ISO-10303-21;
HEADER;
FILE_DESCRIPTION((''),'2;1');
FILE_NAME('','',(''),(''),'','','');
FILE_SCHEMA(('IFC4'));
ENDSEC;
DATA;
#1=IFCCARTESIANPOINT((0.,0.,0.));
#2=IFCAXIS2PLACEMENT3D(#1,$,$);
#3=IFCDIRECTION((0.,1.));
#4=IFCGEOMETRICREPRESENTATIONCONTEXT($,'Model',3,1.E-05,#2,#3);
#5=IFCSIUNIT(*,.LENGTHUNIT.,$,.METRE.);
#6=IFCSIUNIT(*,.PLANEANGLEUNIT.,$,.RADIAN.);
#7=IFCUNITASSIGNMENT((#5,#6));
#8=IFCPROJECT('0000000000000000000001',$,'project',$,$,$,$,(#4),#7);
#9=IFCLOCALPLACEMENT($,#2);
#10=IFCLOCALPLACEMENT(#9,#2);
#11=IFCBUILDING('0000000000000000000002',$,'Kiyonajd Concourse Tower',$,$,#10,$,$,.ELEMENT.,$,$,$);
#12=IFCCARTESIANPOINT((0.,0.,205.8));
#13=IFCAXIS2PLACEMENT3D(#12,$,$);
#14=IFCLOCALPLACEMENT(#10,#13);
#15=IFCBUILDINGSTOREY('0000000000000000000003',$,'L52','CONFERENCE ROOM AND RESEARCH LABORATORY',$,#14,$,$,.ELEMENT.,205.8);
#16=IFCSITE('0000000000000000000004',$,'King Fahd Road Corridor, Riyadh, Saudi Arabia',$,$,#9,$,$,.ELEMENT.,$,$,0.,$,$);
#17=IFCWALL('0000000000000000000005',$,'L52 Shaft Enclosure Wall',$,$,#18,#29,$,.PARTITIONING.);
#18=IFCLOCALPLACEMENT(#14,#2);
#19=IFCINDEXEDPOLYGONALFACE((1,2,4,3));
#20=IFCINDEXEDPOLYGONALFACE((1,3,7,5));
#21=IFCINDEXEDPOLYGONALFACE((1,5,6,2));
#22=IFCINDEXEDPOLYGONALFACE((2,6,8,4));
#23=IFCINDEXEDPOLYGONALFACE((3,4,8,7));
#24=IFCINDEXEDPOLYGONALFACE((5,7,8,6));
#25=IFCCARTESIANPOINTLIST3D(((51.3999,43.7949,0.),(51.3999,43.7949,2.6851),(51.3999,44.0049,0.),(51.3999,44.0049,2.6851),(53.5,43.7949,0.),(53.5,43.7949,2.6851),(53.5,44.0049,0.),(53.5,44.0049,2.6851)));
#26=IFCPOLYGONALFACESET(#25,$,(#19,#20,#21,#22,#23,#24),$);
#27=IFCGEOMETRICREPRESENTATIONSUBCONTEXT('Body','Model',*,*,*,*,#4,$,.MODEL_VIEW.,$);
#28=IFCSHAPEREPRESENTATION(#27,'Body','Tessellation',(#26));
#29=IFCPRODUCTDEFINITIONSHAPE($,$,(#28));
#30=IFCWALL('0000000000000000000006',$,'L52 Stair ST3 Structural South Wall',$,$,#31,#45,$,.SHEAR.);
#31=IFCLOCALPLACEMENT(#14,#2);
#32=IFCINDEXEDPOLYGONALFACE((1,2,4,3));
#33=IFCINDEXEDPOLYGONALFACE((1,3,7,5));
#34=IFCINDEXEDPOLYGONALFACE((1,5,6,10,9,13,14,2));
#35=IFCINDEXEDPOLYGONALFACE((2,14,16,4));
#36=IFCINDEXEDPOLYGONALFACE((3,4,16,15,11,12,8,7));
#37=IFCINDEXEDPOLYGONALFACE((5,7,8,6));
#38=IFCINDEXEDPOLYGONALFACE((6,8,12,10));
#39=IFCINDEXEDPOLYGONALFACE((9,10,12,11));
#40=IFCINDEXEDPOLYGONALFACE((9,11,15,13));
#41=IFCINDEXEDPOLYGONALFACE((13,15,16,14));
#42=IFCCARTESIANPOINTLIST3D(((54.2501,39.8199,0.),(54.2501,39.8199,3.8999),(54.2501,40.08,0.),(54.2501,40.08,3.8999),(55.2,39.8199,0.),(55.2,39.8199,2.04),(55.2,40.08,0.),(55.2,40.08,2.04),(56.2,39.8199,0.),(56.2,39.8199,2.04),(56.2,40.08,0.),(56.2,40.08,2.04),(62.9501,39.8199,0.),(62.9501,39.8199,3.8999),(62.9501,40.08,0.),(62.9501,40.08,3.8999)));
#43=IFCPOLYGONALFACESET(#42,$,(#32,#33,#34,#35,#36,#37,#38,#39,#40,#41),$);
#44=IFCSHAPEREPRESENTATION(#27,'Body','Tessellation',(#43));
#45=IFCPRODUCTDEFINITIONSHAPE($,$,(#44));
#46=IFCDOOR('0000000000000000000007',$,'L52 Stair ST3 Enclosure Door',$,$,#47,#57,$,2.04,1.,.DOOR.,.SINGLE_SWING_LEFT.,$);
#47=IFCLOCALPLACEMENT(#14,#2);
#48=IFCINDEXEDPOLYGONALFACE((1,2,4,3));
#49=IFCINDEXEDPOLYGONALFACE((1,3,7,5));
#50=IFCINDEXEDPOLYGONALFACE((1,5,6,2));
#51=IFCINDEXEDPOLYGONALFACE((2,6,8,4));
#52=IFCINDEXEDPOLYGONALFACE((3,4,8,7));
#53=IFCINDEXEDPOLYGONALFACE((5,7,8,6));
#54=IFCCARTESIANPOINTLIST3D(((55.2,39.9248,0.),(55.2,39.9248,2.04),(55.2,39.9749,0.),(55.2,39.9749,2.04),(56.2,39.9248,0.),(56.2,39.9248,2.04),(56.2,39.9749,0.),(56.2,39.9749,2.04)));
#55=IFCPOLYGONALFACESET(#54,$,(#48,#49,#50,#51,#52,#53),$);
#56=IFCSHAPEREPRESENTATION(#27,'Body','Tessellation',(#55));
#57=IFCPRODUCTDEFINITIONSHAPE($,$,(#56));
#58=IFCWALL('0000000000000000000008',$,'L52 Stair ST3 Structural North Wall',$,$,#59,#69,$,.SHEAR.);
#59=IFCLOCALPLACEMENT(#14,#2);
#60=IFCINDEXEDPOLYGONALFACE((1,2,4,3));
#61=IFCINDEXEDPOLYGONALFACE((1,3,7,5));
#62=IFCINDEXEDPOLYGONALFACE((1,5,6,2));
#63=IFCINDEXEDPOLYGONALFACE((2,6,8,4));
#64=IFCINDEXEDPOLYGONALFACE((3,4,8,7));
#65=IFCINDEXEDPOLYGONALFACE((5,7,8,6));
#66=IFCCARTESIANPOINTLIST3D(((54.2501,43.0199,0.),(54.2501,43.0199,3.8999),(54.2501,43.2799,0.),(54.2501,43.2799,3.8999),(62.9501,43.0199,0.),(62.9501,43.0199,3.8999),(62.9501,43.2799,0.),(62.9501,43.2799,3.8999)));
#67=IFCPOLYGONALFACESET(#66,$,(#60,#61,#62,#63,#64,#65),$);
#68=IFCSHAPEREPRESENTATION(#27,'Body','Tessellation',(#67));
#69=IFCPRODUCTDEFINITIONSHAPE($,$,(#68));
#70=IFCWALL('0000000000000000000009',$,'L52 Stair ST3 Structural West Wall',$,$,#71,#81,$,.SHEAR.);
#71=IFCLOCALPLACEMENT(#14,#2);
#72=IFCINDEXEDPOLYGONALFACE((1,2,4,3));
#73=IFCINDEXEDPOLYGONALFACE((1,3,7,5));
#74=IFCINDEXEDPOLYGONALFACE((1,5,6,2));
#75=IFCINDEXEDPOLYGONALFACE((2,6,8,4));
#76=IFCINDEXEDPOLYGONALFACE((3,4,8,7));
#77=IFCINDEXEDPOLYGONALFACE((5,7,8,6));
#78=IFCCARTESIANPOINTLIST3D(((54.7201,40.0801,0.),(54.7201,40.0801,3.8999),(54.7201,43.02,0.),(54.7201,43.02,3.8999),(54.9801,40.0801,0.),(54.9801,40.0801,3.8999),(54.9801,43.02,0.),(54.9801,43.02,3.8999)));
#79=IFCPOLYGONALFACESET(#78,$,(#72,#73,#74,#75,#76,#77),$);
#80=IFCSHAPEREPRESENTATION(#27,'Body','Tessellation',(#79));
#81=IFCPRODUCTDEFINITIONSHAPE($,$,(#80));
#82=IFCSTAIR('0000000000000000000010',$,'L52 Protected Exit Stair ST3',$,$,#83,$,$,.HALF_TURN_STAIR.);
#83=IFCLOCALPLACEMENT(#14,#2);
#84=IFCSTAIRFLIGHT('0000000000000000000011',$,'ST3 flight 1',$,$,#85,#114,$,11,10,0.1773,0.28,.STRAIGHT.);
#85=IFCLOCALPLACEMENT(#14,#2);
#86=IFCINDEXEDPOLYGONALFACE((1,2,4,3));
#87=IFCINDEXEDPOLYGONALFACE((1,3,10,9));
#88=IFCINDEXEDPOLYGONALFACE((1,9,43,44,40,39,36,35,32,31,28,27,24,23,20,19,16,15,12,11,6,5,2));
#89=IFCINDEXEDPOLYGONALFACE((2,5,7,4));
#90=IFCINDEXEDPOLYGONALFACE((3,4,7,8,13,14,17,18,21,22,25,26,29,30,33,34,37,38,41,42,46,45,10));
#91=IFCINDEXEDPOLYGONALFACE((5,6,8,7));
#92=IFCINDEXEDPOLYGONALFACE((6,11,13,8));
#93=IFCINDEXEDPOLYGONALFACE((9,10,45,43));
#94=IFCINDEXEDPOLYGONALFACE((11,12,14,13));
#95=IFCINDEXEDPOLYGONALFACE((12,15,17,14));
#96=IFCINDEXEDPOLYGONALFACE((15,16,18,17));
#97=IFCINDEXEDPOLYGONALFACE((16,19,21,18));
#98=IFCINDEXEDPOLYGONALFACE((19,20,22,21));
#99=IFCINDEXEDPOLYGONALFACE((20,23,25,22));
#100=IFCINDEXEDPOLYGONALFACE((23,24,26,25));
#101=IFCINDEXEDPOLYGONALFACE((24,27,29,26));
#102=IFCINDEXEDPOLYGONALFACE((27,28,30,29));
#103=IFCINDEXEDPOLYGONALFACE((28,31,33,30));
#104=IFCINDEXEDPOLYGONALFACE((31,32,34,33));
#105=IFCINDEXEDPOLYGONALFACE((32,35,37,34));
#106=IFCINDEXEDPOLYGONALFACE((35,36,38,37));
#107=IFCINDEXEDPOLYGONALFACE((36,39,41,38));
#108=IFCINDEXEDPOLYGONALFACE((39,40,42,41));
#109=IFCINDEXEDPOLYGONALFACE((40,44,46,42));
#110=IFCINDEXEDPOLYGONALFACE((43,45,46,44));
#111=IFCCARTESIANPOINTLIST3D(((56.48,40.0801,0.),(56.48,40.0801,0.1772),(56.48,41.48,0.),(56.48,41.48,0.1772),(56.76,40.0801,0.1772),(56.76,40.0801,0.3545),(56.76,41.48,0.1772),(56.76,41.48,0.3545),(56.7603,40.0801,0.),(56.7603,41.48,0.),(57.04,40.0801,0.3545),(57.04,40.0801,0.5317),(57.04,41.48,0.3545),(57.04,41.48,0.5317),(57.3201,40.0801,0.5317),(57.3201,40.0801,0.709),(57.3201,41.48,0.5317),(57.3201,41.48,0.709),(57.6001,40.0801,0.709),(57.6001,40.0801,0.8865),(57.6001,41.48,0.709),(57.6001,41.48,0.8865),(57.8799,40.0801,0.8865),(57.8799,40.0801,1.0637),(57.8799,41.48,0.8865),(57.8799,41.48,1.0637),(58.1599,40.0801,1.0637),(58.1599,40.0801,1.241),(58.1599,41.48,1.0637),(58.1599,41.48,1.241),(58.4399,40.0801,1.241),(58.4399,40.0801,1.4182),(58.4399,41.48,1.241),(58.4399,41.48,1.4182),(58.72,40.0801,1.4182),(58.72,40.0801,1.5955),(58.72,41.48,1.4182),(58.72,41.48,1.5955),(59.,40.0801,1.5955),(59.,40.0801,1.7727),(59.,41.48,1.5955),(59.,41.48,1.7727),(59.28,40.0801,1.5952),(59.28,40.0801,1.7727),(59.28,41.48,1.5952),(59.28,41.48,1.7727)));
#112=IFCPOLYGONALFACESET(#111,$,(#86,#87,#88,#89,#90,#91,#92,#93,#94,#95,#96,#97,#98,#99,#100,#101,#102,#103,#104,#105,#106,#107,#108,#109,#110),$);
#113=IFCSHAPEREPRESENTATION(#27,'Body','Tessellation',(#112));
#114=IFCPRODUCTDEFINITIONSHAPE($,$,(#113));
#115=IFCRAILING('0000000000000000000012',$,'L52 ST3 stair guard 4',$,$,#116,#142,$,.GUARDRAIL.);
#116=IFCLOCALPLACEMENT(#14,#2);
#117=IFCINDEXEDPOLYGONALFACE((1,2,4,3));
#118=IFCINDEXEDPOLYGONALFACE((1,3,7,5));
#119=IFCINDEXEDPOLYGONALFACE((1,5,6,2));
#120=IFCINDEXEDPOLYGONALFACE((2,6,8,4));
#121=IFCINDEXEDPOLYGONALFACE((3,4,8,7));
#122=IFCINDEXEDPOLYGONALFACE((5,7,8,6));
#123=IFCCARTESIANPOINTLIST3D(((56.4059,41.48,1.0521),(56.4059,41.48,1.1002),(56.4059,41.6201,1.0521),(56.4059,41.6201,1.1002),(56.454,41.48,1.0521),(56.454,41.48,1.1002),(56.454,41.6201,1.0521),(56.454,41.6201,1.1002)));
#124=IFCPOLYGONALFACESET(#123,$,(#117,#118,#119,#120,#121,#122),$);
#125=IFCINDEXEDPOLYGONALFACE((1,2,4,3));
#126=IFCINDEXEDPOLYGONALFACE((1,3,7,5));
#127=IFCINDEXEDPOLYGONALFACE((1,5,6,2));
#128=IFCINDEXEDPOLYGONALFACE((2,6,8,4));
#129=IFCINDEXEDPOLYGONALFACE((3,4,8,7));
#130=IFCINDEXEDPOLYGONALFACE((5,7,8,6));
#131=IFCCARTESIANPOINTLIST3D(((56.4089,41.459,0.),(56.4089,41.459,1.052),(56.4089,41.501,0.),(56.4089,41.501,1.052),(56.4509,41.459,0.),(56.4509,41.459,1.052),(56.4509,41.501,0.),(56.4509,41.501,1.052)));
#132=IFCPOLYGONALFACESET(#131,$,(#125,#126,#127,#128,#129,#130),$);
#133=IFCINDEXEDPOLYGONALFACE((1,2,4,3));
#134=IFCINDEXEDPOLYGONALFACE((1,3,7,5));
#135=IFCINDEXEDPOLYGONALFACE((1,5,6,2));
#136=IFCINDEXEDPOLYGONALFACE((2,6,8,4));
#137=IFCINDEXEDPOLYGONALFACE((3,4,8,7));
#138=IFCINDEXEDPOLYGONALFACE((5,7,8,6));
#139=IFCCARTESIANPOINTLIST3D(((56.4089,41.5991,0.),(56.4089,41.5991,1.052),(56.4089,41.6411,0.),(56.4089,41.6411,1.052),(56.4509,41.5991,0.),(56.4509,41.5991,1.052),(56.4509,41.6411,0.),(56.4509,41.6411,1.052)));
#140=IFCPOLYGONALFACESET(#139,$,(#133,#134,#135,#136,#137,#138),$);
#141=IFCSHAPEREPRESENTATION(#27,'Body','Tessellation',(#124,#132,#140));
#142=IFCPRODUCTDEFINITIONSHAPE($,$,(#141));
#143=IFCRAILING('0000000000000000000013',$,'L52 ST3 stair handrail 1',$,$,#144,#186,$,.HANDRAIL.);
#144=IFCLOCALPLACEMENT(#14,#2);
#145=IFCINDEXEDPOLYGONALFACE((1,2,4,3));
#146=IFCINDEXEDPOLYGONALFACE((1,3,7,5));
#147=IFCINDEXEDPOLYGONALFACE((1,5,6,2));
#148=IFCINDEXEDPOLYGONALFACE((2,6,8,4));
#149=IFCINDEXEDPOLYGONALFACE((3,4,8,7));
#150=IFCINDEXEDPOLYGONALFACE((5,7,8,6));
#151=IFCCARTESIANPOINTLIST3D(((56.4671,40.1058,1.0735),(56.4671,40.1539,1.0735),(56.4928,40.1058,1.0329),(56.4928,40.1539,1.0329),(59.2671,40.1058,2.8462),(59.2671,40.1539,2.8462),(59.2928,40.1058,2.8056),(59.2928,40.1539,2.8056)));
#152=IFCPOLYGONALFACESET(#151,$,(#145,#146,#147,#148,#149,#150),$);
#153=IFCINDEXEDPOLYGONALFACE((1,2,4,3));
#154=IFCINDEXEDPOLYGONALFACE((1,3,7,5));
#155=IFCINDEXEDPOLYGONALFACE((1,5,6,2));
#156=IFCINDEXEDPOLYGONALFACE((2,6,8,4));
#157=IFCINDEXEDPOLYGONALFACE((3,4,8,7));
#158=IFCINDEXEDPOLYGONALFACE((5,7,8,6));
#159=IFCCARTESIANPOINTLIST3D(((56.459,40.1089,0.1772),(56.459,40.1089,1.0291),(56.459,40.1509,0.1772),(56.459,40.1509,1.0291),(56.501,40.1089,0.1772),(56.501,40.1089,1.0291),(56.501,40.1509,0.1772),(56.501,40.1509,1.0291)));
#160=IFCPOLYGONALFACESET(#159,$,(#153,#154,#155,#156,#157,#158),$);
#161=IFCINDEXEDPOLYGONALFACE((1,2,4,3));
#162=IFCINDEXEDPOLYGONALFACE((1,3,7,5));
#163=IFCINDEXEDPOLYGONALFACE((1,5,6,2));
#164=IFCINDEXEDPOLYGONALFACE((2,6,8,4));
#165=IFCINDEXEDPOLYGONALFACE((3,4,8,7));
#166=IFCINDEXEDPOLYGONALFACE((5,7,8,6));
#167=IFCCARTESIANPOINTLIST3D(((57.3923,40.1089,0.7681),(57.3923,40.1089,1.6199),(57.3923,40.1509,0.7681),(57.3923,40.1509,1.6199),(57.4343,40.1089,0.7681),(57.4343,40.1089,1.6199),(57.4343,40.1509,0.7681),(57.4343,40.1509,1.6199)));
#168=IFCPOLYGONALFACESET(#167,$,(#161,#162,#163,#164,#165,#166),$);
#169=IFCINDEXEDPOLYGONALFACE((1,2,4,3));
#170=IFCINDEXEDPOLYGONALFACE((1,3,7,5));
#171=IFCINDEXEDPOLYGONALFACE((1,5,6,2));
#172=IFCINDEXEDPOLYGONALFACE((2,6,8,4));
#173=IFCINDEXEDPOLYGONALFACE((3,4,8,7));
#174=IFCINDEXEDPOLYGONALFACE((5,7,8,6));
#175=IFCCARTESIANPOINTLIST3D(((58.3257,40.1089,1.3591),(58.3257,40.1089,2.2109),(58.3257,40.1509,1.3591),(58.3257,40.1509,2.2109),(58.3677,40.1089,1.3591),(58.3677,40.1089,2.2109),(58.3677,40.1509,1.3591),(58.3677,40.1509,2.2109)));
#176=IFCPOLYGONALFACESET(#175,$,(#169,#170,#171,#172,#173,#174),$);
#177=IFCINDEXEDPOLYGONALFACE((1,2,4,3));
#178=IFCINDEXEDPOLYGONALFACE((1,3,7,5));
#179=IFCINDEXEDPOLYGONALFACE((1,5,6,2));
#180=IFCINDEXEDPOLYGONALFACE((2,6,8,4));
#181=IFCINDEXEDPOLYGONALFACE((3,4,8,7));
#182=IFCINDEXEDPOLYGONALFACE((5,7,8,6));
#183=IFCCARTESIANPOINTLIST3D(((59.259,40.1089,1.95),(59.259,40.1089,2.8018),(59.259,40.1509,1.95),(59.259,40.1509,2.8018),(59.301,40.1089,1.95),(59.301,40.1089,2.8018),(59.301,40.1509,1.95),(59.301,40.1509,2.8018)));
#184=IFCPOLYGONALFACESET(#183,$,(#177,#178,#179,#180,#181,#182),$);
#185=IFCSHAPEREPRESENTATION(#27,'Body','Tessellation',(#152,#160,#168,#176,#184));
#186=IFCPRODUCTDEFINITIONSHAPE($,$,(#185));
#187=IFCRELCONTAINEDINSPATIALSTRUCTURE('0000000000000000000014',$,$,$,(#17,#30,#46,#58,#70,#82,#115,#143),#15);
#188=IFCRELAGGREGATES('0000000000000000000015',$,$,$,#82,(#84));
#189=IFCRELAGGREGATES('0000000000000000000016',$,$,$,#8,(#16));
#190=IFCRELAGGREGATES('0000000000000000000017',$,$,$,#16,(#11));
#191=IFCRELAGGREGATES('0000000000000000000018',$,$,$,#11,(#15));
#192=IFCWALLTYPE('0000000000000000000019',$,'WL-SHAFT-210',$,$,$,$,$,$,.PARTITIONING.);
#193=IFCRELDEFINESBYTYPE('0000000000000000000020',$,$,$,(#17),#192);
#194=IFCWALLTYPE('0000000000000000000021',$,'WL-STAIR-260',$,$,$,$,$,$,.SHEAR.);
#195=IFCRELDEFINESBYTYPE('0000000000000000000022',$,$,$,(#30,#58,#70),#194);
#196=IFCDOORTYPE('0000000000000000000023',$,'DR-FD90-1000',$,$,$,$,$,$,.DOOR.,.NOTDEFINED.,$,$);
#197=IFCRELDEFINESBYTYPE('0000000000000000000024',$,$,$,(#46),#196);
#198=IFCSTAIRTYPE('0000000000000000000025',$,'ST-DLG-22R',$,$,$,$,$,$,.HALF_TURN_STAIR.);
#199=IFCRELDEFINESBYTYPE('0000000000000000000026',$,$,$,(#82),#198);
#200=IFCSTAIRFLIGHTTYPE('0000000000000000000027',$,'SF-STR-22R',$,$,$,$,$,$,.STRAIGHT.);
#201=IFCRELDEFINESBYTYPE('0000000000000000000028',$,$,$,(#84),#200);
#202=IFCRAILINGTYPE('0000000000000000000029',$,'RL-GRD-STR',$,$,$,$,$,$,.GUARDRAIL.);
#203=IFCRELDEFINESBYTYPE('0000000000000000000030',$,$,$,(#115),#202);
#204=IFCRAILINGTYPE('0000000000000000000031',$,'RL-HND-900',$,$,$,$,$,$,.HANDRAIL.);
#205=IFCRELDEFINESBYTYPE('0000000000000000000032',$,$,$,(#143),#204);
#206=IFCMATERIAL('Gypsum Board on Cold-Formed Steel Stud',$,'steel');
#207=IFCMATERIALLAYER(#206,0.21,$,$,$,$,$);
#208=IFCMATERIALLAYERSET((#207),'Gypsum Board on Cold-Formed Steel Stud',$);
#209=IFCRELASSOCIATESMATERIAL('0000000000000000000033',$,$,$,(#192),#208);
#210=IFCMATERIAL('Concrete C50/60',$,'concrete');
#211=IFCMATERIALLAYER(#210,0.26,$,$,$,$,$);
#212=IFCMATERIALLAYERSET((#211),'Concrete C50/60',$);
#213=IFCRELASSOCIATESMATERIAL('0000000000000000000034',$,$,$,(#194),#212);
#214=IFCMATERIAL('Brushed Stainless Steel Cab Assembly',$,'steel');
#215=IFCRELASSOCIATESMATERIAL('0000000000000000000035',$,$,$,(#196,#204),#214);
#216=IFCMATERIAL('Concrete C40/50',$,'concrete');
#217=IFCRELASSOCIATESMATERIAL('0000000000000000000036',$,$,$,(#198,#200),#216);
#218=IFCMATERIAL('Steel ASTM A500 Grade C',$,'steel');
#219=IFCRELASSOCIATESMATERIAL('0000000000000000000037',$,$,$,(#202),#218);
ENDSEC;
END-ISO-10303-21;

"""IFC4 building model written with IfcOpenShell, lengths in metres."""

from ifc_helpers import new_model, si_unit, direction, frame, frame_2d, origin, origin_2d, place, context, subcontext, project, spatial, polyline, rectangle, outline, extrude, material, layer, layer_set, type_object, element, fill, aggregate, save


model = new_model("IFC4")

# Units and contexts
model_context = context("Model", 3, precision=1e-05, world=origin(), true_north=direction((0.0, 1.0)))
body_context = subcontext(model_context, "Body", "Model", "MODEL_VIEW")
ifc_project = project(units=[si_unit("LENGTHUNIT", "METRE"), si_unit("PLANEANGLEUNIT", "RADIAN")], contexts=[model_context])

# Site, building, storey
site_placement = place(None, origin())
site = spatial("IfcSite", under=ifc_project, at=site_placement, Name="King Fahd Road Corridor, Riyadh, Saudi Arabia", CompositionType="ELEMENT", RefElevation=0.0)
building_placement = place(site_placement, origin())
building = spatial("IfcBuilding", under=site, at=building_placement, Name="Kiyonajd Concourse Tower", CompositionType="ELEMENT")
storey_placement = place(building_placement, frame((0.0, 0.0, 205.8)))
storey = spatial("IfcBuildingStorey", under=building, at=storey_placement, Name="L52", Description="CONFERENCE ROOM AND RESEARCH LABORATORY", CompositionType="ELEMENT", Elevation=205.8)

# Shared definitions
ifc_material_1 = material(Name="Concrete C50/60", Category="concrete")

# Shared definitions
ifc_material_2 = material(Name="Gypsum Board on Cold-Formed Steel Stud", Category="steel")
ifc_layer_1 = layer(ifc_material_2, 0.21)
ifc_layer_set_1 = layer_set([ifc_layer_1], Name="Gypsum Board on Cold-Formed Steel Stud")
wall_type_1 = type_object("IfcWallType", Name="WL-SHAFT-210", PredefinedType="PARTITIONING", material=ifc_layer_set_1)
ifc_material_3 = material(Name="Brushed Stainless Steel Cab Assembly", Category="steel")

# Wall
wall_1_placement = place(storey_placement, frame((51.3999, 43.8999, 0.0), z_axis=(0.0, 0.0, 1.0), x_axis=(1.0, 0.0, 0.0)))
element("IfcWall", 1, at=wall_1_placement, inside=storey, type_object=wall_type_1, Name="L52 Shaft Enclosure Wall", PredefinedType="PARTITIONING", context=body_context, shape_type="SweptSolid", body=[
    extrude(rectangle(XDim=2.1001, YDim=0.21, at=frame_2d((1.05, 0.0))), origin(), (0.0, 0.0, 1.0), 2.6851),
])

# Wall, opening, door
ifc_layer_2 = layer(ifc_material_1, 0.26)
ifc_layer_set_2 = layer_set([ifc_layer_2], Name="Concrete C50/60")
wall_type_2 = type_object("IfcWallType", Name="WL-STAIR-260", PredefinedType="SHEAR", material=ifc_layer_set_2)
wall_2_placement = place(storey_placement, frame((54.25, 39.95, 0.0), z_axis=(0.0, 0.0, 1.0), x_axis=(1.0, 0.0, 0.0)))
wall_2 = element("IfcWall", 2, at=wall_2_placement, inside=storey, type_object=wall_type_2, Name="L52 Stair ST3 Structural South Wall", PredefinedType="SHEAR", context=body_context, shape_type="SweptSolid", body=[
    extrude(rectangle(XDim=8.7, YDim=0.26, at=frame_2d((4.3501, 0.0))), origin(), (0.0, 0.0, 1.0), 3.8999),
])
opening_1_placement = place(wall_2_placement, frame((0.95, 0.0, 0.0)))
opening_1 = element("IfcOpeningElement", 3, at=opening_1_placement, cuts=wall_2, PredefinedType="OPENING", context=body_context, shape_type="SweptSolid", body=[
    extrude(rectangle(XDim=1.0, YDim=2.04, at=frame_2d((0.5, 1.02))), frame((0.0, 0.1399, 0.0), z_axis=(0.0, -1.0, 0.0), x_axis=(1.0, 0.0, 0.0)), (0.0, 0.0, 1.0), 0.28),
])
door_type_1 = type_object("IfcDoorType", Name="DR-FD90-1000", OperationType="NOTDEFINED", PredefinedType="DOOR", material=ifc_material_3)
door_1_placement = place(opening_1_placement, origin())
door_1 = element("IfcDoor", 4, at=door_1_placement, inside=storey, type_object=door_type_1, Name="L52 Stair ST3 Enclosure Door", OperationType="SINGLE_SWING_LEFT", OverallHeight=2.04, OverallWidth=1.0, PredefinedType="DOOR", context=body_context, shape_type="SweptSolid", body=[
    extrude(rectangle(XDim=1.0, YDim=2.04, at=frame_2d((0.5, 1.02))), frame((0.0, 0.0249, 0.0), z_axis=(0.0, -1.0, 0.0), x_axis=(1.0, 0.0, 0.0)), (0.0, 0.0, 1.0), 0.05),
])
fill(opening_1, door_1)

# Walls
wall_3_placement = place(storey_placement, frame((54.25, 43.1499, 0.0), z_axis=(0.0, 0.0, 1.0), x_axis=(1.0, 0.0, 0.0)))
element("IfcWall", 5, at=wall_3_placement, inside=storey, type_object=wall_type_2, Name="L52 Stair ST3 Structural North Wall", PredefinedType="SHEAR", context=body_context, shape_type="SweptSolid", body=[
    extrude(rectangle(XDim=8.7, YDim=0.26, at=frame_2d((4.3501, 0.0))), origin(), (0.0, 0.0, 1.0), 3.8999),
])
wall_4_placement = place(storey_placement, frame((54.8501, 40.0801, 0.0), z_axis=(0.0, 0.0, 1.0), x_axis=(0.0, 1.0, 0.0)))
element("IfcWall", 6, at=wall_4_placement, inside=storey, type_object=wall_type_2, Name="L52 Stair ST3 Structural West Wall", PredefinedType="SHEAR", context=body_context, shape_type="SweptSolid", body=[
    extrude(rectangle(XDim=2.9399, YDim=0.26, at=frame_2d((1.47, 0.0))), origin(), (0.0, 0.0, 1.0), 3.8999),
])

# Stair, stair flight
ifc_material_4 = material(Name="Concrete C40/50", Category="concrete")
stair_type = type_object("IfcStairType", Name="ST-DLG-22R", PredefinedType="HALF_TURN_STAIR", material=ifc_material_4)
stair_placement = place(storey_placement, origin())
stair = element("IfcStair", 7, at=stair_placement, inside=storey, type_object=stair_type, Name="L52 Protected Exit Stair ST3", PredefinedType="HALF_TURN_STAIR")
stair_flight_type = type_object("IfcStairFlightType", Name="SF-STR-22R", PredefinedType="STRAIGHT", material=ifc_material_4)
stair_flight_placement = place(storey_placement, frame((56.48, 40.78, 0.0), z_axis=(0.0, 0.0, 1.0), x_axis=(1.0, 0.0, 0.0)))
stair_flight = element("IfcStairFlight", 8, at=stair_flight_placement, type_object=stair_flight_type, Name="ST3 flight 1", NumberOfRisers=11, NumberOfTreads=10, PredefinedType="STRAIGHT", RiserHeight=0.1773, TreadLength=0.28, context=body_context, shape_type="SweptSolid", body=[
    extrude(outline(polyline([(0.0, 0.0), (0.0, 0.1772), (0.28, 0.1772), (0.28, 0.3545), (0.5601, 0.3545), (0.5601, 0.5317), (0.8401, 0.5317), (0.8401, 0.709), (1.1201, 0.709), (1.1201, 0.8865), (1.3999, 0.8865), (1.3999, 1.0637), (1.6799, 1.0637), (1.6799, 1.241), (1.96, 1.241), (1.96, 1.4182), (2.24, 1.4182), (2.24, 1.5955), (2.52, 1.5955), (2.52, 1.7727), (2.8, 1.7727), (2.8, 1.95), (2.8, 1.5952), (0.2803, 0.0), (0.0, 0.0)])), frame((0.0, 0.7, 0.0), z_axis=(0.0, -1.0, 0.0), x_axis=(1.0, 0.0, 0.0)), (0.0, 0.0, 1.0), 1.3999),
])
aggregate(stair, [stair_flight])

# Railings
ifc_material_5 = material(Name="Steel ASTM A500 Grade C", Category="steel")
railing_type_1 = type_object("IfcRailingType", Name="RL-GRD-STR", PredefinedType="GUARDRAIL", material=ifc_material_5)
railing_1_placement = place(storey_placement, frame((56.4299, 41.48, 0.0)))
element("IfcRailing", 9, at=railing_1_placement, inside=storey, type_object=railing_type_1, Name="L52 ST3 stair guard 4", PredefinedType="GUARDRAIL", context=body_context, shape_type="SweptSolid", body=[
    extrude(rectangle(XDim=0.0481, YDim=0.0481, at=origin_2d()), frame((0.0, 0.0, 1.0762), z_axis=(0.0, 1.0, 0.0), x_axis=(-1.0, 0.0, 0.0)), (0.0, 0.0, 1.0), 0.1401),
    extrude(rectangle(XDim=0.042, YDim=0.042, at=origin_2d()), origin(), (0.0, 0.0, 1.0), 1.052),
    extrude(rectangle(XDim=0.042, YDim=0.042, at=origin_2d()), frame((0.0, 0.1401, 0.0)), (0.0, 0.0, 1.0), 1.052),
])
railing_type_2 = type_object("IfcRailingType", Name="RL-HND-900", PredefinedType="HANDRAIL", material=ifc_material_3)
railing_2_placement = place(storey_placement, frame((56.48, 40.1299, 0.1772)))
element("IfcRailing", 10, at=railing_2_placement, inside=storey, type_object=railing_type_2, Name="L52 ST3 stair handrail 1", PredefinedType="HANDRAIL", context=body_context, shape_type="SweptSolid", body=[
    extrude(rectangle(XDim=0.0481, YDim=0.0481, at=origin_2d()), frame((0.0, 0.0, 0.876), z_axis=(0.844909, 0.0, 0.53491), x_axis=(0.0, 1.0, 0.0)), (0.0, 0.0, 1.0), 3.314),
    extrude(rectangle(XDim=0.042, YDim=0.042, at=origin_2d()), origin(), (0.0, 0.0, 1.0), 0.8518),
    extrude(rectangle(XDim=0.042, YDim=0.042, at=origin_2d()), frame((0.9333, 0.0, 0.5908)), (0.0, 0.0, 1.0), 0.8518),
    extrude(rectangle(XDim=0.042, YDim=0.042, at=origin_2d()), frame((1.8667, 0.0, 1.1819)), (0.0, 0.0, 1.0), 0.8518),
    extrude(rectangle(XDim=0.042, YDim=0.042, at=origin_2d()), frame((2.8, 0.0, 1.7727)), (0.0, 0.0, 1.0), 0.8518),
])

save(model, "model.ifc")
